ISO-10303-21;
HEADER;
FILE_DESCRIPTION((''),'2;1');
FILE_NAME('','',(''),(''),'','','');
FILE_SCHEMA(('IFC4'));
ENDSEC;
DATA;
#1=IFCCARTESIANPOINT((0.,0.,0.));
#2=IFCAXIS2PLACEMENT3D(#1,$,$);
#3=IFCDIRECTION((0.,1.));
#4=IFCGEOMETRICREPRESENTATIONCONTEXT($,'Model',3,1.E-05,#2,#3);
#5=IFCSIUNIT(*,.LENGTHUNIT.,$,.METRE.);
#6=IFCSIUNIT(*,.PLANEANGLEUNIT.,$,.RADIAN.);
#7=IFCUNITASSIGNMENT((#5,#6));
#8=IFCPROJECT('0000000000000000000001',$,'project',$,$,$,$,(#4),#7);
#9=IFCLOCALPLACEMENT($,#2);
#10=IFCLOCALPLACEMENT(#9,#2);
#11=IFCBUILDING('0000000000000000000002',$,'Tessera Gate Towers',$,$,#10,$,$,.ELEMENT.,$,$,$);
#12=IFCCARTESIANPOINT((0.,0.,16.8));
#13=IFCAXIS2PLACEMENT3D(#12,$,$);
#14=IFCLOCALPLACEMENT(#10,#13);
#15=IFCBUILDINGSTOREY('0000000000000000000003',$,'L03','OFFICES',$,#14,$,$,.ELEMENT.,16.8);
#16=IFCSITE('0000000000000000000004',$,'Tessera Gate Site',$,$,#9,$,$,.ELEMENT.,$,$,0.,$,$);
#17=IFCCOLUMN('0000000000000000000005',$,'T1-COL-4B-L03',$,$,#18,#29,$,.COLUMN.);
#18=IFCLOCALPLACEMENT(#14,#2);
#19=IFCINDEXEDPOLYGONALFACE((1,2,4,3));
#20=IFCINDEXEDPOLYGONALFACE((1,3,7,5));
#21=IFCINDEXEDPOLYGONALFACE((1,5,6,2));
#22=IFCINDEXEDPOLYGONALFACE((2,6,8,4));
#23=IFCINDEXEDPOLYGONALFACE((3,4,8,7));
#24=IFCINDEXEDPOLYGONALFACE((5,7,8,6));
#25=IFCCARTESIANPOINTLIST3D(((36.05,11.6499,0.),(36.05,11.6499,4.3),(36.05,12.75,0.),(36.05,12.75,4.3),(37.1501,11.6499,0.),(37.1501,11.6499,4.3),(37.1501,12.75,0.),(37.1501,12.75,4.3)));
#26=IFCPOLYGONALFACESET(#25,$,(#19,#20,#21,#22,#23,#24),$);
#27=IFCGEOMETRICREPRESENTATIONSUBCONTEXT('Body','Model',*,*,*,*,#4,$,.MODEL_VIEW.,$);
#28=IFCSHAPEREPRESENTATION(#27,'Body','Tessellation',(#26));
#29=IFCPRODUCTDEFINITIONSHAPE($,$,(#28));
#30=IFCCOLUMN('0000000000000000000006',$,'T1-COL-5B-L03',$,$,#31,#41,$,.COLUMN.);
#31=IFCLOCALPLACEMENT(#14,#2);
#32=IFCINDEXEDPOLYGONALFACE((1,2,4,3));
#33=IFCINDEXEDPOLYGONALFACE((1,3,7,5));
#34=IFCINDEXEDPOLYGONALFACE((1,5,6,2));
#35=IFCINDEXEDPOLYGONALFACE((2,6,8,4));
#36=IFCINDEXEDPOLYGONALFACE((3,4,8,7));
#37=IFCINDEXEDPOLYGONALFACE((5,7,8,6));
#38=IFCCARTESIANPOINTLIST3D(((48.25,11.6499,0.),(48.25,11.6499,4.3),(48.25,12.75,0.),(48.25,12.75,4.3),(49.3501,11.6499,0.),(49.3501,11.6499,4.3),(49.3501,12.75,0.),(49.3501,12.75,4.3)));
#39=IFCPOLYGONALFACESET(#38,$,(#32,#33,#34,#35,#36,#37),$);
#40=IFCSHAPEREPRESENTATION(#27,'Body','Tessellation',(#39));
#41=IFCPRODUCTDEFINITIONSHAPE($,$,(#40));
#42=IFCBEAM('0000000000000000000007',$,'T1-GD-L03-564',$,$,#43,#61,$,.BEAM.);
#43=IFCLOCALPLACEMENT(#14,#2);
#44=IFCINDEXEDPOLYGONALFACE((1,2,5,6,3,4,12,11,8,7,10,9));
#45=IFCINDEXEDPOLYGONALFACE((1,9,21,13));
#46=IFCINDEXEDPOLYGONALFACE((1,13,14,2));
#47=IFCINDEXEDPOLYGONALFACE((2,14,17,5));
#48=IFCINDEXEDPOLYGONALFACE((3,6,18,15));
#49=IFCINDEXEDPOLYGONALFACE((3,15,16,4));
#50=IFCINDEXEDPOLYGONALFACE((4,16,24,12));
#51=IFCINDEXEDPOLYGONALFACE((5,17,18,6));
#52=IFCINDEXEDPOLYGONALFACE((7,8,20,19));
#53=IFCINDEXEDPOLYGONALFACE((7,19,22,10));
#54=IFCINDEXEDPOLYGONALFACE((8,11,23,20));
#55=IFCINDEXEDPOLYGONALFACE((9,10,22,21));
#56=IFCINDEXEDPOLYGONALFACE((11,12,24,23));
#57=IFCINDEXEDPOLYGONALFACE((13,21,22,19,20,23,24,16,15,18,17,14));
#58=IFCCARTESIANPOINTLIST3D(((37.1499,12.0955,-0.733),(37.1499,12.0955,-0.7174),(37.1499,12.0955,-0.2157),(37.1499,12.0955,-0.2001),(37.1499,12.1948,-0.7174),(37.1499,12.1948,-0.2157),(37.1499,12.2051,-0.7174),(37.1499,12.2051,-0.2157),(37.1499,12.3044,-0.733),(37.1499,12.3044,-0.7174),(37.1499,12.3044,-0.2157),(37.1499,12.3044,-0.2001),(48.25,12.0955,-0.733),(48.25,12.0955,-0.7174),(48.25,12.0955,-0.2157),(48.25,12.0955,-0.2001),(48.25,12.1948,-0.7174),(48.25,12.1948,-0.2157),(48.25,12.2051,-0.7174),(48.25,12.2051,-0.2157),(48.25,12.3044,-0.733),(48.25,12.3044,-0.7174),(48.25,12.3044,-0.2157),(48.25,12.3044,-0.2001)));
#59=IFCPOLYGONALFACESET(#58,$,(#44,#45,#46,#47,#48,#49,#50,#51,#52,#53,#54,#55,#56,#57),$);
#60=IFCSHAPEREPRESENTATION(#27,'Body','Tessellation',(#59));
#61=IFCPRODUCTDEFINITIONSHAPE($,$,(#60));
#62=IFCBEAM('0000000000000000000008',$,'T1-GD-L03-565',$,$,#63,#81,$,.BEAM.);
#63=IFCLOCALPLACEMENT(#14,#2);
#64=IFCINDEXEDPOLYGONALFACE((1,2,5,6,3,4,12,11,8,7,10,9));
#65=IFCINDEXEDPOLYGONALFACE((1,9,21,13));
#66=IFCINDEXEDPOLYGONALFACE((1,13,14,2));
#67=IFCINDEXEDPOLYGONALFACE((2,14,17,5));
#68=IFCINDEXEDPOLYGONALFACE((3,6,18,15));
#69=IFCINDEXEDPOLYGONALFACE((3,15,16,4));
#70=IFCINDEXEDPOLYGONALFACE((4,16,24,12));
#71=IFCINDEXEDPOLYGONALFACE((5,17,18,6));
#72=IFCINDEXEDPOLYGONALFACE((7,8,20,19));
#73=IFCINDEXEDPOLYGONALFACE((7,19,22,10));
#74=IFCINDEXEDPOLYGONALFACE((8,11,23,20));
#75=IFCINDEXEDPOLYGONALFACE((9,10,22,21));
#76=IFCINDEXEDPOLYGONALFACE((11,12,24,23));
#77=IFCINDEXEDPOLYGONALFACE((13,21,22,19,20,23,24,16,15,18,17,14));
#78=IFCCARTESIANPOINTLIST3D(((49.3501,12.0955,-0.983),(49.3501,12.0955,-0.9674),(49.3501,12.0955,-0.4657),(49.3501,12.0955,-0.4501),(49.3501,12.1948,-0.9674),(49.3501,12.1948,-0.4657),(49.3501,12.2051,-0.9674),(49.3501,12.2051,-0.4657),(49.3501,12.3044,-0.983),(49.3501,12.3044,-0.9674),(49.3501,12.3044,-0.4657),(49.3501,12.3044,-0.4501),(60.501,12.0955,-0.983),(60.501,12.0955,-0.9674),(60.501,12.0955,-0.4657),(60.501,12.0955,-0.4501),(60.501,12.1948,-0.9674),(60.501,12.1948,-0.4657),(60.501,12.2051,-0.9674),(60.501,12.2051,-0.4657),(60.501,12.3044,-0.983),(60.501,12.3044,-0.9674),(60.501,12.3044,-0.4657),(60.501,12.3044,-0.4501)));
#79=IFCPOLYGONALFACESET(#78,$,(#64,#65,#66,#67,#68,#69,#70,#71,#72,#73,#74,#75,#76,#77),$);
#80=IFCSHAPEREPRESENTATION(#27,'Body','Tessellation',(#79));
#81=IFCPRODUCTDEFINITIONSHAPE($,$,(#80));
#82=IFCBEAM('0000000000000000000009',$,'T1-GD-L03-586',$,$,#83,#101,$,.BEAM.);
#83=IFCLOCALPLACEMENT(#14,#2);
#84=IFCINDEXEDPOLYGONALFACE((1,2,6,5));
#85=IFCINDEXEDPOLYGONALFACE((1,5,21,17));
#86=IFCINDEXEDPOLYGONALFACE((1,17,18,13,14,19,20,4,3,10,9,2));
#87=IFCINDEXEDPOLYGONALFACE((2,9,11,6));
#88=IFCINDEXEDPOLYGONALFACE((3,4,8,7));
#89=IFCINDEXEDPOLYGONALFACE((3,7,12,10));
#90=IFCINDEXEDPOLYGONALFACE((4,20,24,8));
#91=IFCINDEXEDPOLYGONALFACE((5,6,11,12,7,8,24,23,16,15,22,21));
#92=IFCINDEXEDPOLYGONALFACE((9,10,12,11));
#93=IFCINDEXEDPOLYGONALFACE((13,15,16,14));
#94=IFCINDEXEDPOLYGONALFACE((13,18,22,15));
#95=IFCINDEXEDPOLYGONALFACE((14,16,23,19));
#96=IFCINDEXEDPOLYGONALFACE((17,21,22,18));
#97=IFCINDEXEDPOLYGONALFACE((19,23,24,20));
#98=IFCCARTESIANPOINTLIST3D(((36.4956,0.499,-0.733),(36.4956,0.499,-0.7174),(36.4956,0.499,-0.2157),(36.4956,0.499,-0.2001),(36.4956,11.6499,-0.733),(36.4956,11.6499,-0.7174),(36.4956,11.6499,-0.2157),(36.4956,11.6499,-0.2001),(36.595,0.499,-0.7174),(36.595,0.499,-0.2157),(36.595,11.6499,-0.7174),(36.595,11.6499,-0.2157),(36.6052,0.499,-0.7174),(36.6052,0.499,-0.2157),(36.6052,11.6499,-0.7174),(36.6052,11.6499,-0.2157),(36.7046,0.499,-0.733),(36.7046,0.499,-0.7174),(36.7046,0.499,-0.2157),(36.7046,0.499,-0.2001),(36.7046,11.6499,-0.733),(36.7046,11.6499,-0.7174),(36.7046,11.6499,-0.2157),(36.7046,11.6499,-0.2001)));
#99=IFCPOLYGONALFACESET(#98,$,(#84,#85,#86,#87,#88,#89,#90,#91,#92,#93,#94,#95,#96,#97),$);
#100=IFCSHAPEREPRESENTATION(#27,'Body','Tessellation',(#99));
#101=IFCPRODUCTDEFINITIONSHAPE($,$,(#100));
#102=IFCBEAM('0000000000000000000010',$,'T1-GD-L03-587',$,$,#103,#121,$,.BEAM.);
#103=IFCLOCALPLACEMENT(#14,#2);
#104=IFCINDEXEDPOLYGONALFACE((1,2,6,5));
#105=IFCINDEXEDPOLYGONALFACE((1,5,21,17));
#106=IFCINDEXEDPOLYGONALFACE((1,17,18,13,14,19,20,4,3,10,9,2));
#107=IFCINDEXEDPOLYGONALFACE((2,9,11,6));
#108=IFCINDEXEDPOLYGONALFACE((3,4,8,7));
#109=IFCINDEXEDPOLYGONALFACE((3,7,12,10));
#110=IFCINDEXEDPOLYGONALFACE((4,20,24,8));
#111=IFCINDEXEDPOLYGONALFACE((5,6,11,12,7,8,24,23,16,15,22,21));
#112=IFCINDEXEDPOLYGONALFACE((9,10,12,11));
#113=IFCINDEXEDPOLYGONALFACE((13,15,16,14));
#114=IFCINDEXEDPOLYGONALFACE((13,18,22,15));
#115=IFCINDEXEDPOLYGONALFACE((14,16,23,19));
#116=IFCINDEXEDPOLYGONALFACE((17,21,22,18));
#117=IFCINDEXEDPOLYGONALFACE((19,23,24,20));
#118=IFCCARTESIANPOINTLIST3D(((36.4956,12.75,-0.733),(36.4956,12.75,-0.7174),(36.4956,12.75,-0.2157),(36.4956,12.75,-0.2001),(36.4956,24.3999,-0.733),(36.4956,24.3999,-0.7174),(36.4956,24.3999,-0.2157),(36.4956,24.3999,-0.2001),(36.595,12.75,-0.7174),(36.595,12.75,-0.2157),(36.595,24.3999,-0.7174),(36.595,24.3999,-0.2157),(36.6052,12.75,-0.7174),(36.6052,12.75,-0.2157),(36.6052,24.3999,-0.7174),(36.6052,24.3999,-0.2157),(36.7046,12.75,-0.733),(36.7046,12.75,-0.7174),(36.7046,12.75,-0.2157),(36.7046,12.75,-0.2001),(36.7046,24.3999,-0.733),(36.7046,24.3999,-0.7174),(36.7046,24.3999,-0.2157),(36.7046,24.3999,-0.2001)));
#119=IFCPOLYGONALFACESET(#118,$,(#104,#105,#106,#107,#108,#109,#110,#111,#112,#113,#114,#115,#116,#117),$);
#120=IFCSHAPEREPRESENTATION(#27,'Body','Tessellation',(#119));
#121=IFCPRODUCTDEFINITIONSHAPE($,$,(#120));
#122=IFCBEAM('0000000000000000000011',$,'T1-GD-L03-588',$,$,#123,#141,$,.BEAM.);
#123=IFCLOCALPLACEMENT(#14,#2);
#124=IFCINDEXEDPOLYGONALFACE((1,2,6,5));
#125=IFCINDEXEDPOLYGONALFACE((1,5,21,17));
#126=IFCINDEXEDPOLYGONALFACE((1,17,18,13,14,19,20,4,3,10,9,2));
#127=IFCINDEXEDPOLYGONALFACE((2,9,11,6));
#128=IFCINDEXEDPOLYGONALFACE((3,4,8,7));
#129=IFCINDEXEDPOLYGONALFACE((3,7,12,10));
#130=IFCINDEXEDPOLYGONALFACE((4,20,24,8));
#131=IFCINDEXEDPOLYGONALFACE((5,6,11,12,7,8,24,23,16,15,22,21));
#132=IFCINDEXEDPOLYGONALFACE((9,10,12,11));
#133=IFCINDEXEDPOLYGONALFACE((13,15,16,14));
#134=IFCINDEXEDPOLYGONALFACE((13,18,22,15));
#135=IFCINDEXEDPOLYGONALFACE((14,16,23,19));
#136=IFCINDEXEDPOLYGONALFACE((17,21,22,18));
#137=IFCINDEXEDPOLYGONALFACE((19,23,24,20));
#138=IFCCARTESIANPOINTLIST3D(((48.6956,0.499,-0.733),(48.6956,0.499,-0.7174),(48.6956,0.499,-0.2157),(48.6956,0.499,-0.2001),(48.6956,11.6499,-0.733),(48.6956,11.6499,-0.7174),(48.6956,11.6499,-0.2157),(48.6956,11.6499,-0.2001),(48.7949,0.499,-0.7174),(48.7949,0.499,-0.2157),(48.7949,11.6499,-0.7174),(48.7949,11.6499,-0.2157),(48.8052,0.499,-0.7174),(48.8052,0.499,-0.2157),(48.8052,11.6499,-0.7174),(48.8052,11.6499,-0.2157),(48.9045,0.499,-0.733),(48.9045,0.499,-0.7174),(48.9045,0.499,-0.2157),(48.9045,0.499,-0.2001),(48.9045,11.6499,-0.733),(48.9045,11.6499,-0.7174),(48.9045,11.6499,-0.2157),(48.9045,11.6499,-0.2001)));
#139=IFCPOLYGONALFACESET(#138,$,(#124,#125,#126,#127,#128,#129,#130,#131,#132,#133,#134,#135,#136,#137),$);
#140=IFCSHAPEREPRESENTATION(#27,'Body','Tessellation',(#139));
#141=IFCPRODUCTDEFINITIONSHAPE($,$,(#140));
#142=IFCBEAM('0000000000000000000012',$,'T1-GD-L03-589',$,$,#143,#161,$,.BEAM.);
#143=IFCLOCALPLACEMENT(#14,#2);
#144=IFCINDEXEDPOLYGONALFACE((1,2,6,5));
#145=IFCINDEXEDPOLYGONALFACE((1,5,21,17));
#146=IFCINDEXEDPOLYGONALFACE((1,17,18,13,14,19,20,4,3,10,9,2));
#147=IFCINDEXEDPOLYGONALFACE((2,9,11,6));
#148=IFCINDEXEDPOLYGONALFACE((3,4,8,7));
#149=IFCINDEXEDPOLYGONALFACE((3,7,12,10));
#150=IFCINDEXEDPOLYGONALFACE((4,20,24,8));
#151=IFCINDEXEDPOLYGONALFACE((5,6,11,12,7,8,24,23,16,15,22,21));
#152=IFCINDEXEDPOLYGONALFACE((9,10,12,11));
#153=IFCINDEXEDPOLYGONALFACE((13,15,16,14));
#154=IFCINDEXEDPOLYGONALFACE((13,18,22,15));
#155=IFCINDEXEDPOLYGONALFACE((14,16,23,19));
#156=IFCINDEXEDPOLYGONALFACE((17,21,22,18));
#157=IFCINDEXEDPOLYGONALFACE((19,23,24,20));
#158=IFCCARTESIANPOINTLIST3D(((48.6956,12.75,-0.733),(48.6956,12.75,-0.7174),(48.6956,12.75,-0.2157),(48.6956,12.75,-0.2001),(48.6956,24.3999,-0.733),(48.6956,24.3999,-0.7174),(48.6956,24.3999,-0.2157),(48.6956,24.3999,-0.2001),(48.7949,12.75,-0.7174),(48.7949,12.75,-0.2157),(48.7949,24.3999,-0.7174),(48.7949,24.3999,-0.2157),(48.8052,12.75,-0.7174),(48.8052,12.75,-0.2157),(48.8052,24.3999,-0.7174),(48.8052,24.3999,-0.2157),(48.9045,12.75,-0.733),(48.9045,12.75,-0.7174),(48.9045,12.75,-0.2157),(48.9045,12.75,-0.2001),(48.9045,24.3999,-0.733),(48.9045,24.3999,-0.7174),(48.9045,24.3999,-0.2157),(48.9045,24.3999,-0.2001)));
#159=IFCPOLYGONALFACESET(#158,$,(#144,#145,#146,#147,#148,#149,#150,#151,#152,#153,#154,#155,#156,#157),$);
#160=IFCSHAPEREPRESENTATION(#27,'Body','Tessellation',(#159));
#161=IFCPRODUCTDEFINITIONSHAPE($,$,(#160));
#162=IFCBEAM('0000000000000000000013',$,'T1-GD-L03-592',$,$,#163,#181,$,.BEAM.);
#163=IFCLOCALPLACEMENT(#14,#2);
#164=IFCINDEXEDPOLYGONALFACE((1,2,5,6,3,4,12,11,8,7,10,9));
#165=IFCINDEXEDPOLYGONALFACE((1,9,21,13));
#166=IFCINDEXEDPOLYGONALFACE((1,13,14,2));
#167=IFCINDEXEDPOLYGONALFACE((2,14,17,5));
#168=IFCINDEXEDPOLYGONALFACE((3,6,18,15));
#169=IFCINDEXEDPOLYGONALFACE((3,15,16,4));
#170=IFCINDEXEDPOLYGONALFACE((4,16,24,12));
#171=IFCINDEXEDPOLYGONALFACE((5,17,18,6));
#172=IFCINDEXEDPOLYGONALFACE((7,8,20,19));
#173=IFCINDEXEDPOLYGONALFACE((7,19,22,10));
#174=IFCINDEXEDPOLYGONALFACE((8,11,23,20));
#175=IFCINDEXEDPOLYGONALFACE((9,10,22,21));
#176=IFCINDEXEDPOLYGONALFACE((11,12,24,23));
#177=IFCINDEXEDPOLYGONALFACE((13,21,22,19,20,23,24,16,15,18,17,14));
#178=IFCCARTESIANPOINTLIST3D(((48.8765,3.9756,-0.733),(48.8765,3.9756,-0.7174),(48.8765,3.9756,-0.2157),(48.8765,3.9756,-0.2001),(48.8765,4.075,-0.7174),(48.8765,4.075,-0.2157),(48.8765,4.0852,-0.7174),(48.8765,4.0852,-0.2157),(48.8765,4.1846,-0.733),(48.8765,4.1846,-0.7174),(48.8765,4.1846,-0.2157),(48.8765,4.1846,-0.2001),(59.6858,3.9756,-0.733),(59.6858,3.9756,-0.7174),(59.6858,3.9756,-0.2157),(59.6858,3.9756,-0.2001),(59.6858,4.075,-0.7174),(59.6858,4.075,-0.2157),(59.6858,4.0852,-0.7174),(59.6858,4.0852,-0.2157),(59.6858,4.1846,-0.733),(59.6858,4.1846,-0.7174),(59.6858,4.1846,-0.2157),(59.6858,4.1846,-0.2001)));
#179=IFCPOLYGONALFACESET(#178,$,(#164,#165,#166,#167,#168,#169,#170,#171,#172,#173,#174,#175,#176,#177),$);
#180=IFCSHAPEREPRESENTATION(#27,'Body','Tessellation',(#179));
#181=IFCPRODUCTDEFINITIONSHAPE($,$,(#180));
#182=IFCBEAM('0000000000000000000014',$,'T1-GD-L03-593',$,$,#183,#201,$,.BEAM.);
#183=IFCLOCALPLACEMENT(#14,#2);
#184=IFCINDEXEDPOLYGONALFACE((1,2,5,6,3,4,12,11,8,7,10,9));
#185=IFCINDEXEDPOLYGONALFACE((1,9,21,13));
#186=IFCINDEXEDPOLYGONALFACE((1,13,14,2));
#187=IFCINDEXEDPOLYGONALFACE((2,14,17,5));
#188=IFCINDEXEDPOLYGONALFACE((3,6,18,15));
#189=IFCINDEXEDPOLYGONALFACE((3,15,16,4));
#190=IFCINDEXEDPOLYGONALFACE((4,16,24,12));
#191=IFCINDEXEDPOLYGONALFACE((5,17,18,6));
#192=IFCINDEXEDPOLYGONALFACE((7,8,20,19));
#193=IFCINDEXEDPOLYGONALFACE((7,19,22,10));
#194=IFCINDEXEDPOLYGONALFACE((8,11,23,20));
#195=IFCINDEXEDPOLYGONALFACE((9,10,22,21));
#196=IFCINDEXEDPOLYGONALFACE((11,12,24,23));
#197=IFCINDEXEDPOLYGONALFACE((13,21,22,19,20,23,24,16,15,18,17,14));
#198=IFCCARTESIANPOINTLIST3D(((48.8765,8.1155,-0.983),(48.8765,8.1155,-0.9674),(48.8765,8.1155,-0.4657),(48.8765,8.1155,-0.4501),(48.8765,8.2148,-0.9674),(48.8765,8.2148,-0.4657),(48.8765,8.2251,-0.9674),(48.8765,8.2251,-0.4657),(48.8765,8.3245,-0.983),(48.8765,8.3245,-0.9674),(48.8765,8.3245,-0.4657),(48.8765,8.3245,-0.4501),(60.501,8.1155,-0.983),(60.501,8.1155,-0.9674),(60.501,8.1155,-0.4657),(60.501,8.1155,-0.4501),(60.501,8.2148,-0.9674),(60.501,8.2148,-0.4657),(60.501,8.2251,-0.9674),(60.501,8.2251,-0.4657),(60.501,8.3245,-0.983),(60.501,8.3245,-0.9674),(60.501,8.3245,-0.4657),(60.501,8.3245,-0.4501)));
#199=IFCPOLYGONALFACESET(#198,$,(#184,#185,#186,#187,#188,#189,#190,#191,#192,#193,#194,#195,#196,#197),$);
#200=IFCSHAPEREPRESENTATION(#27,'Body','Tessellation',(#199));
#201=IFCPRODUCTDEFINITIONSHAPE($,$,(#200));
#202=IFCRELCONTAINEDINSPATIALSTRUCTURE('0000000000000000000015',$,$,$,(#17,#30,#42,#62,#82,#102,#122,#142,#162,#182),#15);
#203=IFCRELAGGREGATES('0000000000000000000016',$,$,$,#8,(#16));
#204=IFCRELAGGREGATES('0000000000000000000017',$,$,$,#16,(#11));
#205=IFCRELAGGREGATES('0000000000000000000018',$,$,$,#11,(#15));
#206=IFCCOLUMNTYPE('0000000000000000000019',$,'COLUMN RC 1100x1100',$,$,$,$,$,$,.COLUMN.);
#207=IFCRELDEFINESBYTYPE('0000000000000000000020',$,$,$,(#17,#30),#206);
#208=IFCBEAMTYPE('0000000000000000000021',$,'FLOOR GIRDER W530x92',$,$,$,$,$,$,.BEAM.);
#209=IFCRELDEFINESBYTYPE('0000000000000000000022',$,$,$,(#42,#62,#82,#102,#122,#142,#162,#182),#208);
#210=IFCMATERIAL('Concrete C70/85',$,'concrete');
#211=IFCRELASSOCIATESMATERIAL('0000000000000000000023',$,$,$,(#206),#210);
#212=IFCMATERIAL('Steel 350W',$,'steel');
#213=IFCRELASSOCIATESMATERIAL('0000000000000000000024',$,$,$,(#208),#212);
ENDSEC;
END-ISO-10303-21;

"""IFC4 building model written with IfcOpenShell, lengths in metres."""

from ifc_helpers import new_model, si_unit, direction, frame, origin, origin_2d, place, context, subcontext, project, spatial, rectangle, i_section, extrude, material, material_profile, profile_set, type_object, element, save


model = new_model("IFC4")

# Units and contexts
model_context = context("Model", 3, precision=1e-05, world=origin(), true_north=direction((0.0, 1.0)))
body_context = subcontext(model_context, "Body", "Model", "MODEL_VIEW")
ifc_project = project(units=[si_unit("LENGTHUNIT", "METRE"), si_unit("PLANEANGLEUNIT", "RADIAN")], contexts=[model_context])

# Site, building, storey
site_placement = place(None, origin())
site = spatial("IfcSite", under=ifc_project, at=site_placement, Name="Tessera Gate Site", CompositionType="ELEMENT", RefElevation=0.0)
building_placement = place(site_placement, origin())
building = spatial("IfcBuilding", under=site, at=building_placement, Name="Tessera Gate Towers", CompositionType="ELEMENT")
storey_placement = place(building_placement, frame((0.0, 0.0, 16.8)))
storey = spatial("IfcBuildingStorey", under=building, at=storey_placement, Name="L03", Description="OFFICES", CompositionType="ELEMENT", Elevation=16.8)

# Columns
ifc_material_1 = material(Name="Concrete C70/85", Category="concrete")
ifc_material_profile_1 = material_profile(ifc_material_1, rectangle(XDim=1.1001, YDim=1.1001, at=origin_2d()), Name="RC 1100x1100")
ifc_profile_set_1 = profile_set([ifc_material_profile_1], Name="Concrete C70/85")
column_type = type_object("IfcColumnType", Name="COLUMN RC 1100x1100", PredefinedType="COLUMN", material=ifc_profile_set_1)
for number, where, z_axis, x_axis, name in (
    (1, (36.6001, 12.2, 0.0), (0.0, 0.0, 1.0), (1.0, 0.0, 0.0), "T1-COL-4B-L03"),
    (2, (48.8, 12.2, 0.0), (0.0, 0.0, 1.0), (1.0, 0.0, 0.0), "T1-COL-5B-L03"),
):
    element("IfcColumn", number, at=place(storey_placement, frame(where, z_axis=z_axis, x_axis=x_axis)), inside=storey, type_object=column_type, Name=name, PredefinedType="COLUMN", context=body_context, shape_type="SweptSolid", body=[
        extrude(rectangle(XDim=1.1001, YDim=1.1001, at=origin_2d()), origin(), (0.0, 0.0, 1.0), 4.3),
    ])

# Beams
ifc_material_2 = material(Name="Steel 350W", Category="steel")
ifc_material_profile_2 = material_profile(ifc_material_2, i_section(OverallWidth=0.209, OverallDepth=0.533, WebThickness=0.0103, FlangeThickness=0.0156, at=origin_2d()), Name="W530x92")
ifc_profile_set_2 = profile_set([ifc_material_profile_2], Name="Steel 350W")
beam_type_1 = type_object("IfcBeamType", Name="FLOOR GIRDER W530x92", PredefinedType="BEAM", material=ifc_profile_set_2)
beam_1_placement = place(storey_placement, frame((37.1499, 12.2, -0.4666), z_axis=(1.0, 0.0, 0.0), x_axis=(0.0, 1.0, 0.0)))
element("IfcBeam", 3, at=beam_1_placement, inside=storey, type_object=beam_type_1, Name="T1-GD-L03-564", PredefinedType="BEAM", context=body_context, shape_type="SweptSolid", body=[
    extrude(i_section(OverallWidth=0.209, OverallDepth=0.533, WebThickness=0.0103, FlangeThickness=0.0156, at=origin_2d()), origin(), (0.0, 0.0, 1.0), 11.1001),
])
for number, where, z_axis, x_axis, name in (
    (4, (49.3501, 12.2, -0.7166), (1.0, 0.0, 0.0), (0.0, 1.0, 0.0), "T1-GD-L03-565"),
    (5, (36.6001, 0.499, -0.4666), (0.0, 1.0, 0.0), (-1.0, 0.0, 0.0), "T1-GD-L03-586"),
):
    element("IfcBeam", number, at=place(storey_placement, frame(where, z_axis=z_axis, x_axis=x_axis)), inside=storey, type_object=beam_type_1, Name=name, PredefinedType="BEAM", context=body_context, shape_type="SweptSolid", body=[
        extrude(i_section(OverallWidth=0.209, OverallDepth=0.533, WebThickness=0.0103, FlangeThickness=0.0156, at=origin_2d()), origin(), (0.0, 0.0, 1.0), 11.1509),
    ])
beam_2_placement = place(storey_placement, frame((36.6001, 12.75, -0.4666), z_axis=(0.0, 1.0, 0.0), x_axis=(-1.0, 0.0, 0.0)))
element("IfcBeam", 6, at=beam_2_placement, inside=storey, type_object=beam_type_1, Name="T1-GD-L03-587", PredefinedType="BEAM", context=body_context, shape_type="SweptSolid", body=[
    extrude(i_section(OverallWidth=0.209, OverallDepth=0.533, WebThickness=0.0103, FlangeThickness=0.0156, at=origin_2d()), origin(), (0.0, 0.0, 1.0), 11.6499),
])
beam_3_placement = place(storey_placement, frame((48.8, 0.499, -0.4666), z_axis=(0.0, 1.0, 0.0), x_axis=(-1.0, 0.0, 0.0)))
element("IfcBeam", 7, at=beam_3_placement, inside=storey, type_object=beam_type_1, Name="T1-GD-L03-588", PredefinedType="BEAM", context=body_context, shape_type="SweptSolid", body=[
    extrude(i_section(OverallWidth=0.209, OverallDepth=0.533, WebThickness=0.0103, FlangeThickness=0.0156, at=origin_2d()), origin(), (0.0, 0.0, 1.0), 11.1509),
])
beam_4_placement = place(storey_placement, frame((48.8, 12.75, -0.4666), z_axis=(0.0, 1.0, 0.0), x_axis=(-1.0, 0.0, 0.0)))
element("IfcBeam", 8, at=beam_4_placement, inside=storey, type_object=beam_type_1, Name="T1-GD-L03-589", PredefinedType="BEAM", context=body_context, shape_type="SweptSolid", body=[
    extrude(i_section(OverallWidth=0.209, OverallDepth=0.533, WebThickness=0.0103, FlangeThickness=0.0156, at=origin_2d()), origin(), (0.0, 0.0, 1.0), 11.6499),
])
beam_5_placement = place(storey_placement, frame((48.8765, 4.0801, -0.4666), z_axis=(1.0, 0.0, 0.0), x_axis=(0.0, 1.0, 0.0)))
element("IfcBeam", 9, at=beam_5_placement, inside=storey, type_object=beam_type_1, Name="T1-GD-L03-592", PredefinedType="BEAM", context=body_context, shape_type="SweptSolid", body=[
    extrude(i_section(OverallWidth=0.209, OverallDepth=0.533, WebThickness=0.0103, FlangeThickness=0.0156, at=origin_2d()), origin(), (0.0, 0.0, 1.0), 10.8093),
])
beam_6_placement = place(storey_placement, frame((48.8765, 8.22, -0.7166), z_axis=(1.0, 0.0, 0.0), x_axis=(0.0, 1.0, 0.0)))
element("IfcBeam", 10, at=beam_6_placement, inside=storey, type_object=beam_type_1, Name="T1-GD-L03-593", PredefinedType="BEAM", context=body_context, shape_type="SweptSolid", body=[
    extrude(i_section(OverallWidth=0.209, OverallDepth=0.533, WebThickness=0.0103, FlangeThickness=0.0156, at=origin_2d()), origin(), (0.0, 0.0, 1.0), 11.6245),
])

save(model, "model.ifc")
